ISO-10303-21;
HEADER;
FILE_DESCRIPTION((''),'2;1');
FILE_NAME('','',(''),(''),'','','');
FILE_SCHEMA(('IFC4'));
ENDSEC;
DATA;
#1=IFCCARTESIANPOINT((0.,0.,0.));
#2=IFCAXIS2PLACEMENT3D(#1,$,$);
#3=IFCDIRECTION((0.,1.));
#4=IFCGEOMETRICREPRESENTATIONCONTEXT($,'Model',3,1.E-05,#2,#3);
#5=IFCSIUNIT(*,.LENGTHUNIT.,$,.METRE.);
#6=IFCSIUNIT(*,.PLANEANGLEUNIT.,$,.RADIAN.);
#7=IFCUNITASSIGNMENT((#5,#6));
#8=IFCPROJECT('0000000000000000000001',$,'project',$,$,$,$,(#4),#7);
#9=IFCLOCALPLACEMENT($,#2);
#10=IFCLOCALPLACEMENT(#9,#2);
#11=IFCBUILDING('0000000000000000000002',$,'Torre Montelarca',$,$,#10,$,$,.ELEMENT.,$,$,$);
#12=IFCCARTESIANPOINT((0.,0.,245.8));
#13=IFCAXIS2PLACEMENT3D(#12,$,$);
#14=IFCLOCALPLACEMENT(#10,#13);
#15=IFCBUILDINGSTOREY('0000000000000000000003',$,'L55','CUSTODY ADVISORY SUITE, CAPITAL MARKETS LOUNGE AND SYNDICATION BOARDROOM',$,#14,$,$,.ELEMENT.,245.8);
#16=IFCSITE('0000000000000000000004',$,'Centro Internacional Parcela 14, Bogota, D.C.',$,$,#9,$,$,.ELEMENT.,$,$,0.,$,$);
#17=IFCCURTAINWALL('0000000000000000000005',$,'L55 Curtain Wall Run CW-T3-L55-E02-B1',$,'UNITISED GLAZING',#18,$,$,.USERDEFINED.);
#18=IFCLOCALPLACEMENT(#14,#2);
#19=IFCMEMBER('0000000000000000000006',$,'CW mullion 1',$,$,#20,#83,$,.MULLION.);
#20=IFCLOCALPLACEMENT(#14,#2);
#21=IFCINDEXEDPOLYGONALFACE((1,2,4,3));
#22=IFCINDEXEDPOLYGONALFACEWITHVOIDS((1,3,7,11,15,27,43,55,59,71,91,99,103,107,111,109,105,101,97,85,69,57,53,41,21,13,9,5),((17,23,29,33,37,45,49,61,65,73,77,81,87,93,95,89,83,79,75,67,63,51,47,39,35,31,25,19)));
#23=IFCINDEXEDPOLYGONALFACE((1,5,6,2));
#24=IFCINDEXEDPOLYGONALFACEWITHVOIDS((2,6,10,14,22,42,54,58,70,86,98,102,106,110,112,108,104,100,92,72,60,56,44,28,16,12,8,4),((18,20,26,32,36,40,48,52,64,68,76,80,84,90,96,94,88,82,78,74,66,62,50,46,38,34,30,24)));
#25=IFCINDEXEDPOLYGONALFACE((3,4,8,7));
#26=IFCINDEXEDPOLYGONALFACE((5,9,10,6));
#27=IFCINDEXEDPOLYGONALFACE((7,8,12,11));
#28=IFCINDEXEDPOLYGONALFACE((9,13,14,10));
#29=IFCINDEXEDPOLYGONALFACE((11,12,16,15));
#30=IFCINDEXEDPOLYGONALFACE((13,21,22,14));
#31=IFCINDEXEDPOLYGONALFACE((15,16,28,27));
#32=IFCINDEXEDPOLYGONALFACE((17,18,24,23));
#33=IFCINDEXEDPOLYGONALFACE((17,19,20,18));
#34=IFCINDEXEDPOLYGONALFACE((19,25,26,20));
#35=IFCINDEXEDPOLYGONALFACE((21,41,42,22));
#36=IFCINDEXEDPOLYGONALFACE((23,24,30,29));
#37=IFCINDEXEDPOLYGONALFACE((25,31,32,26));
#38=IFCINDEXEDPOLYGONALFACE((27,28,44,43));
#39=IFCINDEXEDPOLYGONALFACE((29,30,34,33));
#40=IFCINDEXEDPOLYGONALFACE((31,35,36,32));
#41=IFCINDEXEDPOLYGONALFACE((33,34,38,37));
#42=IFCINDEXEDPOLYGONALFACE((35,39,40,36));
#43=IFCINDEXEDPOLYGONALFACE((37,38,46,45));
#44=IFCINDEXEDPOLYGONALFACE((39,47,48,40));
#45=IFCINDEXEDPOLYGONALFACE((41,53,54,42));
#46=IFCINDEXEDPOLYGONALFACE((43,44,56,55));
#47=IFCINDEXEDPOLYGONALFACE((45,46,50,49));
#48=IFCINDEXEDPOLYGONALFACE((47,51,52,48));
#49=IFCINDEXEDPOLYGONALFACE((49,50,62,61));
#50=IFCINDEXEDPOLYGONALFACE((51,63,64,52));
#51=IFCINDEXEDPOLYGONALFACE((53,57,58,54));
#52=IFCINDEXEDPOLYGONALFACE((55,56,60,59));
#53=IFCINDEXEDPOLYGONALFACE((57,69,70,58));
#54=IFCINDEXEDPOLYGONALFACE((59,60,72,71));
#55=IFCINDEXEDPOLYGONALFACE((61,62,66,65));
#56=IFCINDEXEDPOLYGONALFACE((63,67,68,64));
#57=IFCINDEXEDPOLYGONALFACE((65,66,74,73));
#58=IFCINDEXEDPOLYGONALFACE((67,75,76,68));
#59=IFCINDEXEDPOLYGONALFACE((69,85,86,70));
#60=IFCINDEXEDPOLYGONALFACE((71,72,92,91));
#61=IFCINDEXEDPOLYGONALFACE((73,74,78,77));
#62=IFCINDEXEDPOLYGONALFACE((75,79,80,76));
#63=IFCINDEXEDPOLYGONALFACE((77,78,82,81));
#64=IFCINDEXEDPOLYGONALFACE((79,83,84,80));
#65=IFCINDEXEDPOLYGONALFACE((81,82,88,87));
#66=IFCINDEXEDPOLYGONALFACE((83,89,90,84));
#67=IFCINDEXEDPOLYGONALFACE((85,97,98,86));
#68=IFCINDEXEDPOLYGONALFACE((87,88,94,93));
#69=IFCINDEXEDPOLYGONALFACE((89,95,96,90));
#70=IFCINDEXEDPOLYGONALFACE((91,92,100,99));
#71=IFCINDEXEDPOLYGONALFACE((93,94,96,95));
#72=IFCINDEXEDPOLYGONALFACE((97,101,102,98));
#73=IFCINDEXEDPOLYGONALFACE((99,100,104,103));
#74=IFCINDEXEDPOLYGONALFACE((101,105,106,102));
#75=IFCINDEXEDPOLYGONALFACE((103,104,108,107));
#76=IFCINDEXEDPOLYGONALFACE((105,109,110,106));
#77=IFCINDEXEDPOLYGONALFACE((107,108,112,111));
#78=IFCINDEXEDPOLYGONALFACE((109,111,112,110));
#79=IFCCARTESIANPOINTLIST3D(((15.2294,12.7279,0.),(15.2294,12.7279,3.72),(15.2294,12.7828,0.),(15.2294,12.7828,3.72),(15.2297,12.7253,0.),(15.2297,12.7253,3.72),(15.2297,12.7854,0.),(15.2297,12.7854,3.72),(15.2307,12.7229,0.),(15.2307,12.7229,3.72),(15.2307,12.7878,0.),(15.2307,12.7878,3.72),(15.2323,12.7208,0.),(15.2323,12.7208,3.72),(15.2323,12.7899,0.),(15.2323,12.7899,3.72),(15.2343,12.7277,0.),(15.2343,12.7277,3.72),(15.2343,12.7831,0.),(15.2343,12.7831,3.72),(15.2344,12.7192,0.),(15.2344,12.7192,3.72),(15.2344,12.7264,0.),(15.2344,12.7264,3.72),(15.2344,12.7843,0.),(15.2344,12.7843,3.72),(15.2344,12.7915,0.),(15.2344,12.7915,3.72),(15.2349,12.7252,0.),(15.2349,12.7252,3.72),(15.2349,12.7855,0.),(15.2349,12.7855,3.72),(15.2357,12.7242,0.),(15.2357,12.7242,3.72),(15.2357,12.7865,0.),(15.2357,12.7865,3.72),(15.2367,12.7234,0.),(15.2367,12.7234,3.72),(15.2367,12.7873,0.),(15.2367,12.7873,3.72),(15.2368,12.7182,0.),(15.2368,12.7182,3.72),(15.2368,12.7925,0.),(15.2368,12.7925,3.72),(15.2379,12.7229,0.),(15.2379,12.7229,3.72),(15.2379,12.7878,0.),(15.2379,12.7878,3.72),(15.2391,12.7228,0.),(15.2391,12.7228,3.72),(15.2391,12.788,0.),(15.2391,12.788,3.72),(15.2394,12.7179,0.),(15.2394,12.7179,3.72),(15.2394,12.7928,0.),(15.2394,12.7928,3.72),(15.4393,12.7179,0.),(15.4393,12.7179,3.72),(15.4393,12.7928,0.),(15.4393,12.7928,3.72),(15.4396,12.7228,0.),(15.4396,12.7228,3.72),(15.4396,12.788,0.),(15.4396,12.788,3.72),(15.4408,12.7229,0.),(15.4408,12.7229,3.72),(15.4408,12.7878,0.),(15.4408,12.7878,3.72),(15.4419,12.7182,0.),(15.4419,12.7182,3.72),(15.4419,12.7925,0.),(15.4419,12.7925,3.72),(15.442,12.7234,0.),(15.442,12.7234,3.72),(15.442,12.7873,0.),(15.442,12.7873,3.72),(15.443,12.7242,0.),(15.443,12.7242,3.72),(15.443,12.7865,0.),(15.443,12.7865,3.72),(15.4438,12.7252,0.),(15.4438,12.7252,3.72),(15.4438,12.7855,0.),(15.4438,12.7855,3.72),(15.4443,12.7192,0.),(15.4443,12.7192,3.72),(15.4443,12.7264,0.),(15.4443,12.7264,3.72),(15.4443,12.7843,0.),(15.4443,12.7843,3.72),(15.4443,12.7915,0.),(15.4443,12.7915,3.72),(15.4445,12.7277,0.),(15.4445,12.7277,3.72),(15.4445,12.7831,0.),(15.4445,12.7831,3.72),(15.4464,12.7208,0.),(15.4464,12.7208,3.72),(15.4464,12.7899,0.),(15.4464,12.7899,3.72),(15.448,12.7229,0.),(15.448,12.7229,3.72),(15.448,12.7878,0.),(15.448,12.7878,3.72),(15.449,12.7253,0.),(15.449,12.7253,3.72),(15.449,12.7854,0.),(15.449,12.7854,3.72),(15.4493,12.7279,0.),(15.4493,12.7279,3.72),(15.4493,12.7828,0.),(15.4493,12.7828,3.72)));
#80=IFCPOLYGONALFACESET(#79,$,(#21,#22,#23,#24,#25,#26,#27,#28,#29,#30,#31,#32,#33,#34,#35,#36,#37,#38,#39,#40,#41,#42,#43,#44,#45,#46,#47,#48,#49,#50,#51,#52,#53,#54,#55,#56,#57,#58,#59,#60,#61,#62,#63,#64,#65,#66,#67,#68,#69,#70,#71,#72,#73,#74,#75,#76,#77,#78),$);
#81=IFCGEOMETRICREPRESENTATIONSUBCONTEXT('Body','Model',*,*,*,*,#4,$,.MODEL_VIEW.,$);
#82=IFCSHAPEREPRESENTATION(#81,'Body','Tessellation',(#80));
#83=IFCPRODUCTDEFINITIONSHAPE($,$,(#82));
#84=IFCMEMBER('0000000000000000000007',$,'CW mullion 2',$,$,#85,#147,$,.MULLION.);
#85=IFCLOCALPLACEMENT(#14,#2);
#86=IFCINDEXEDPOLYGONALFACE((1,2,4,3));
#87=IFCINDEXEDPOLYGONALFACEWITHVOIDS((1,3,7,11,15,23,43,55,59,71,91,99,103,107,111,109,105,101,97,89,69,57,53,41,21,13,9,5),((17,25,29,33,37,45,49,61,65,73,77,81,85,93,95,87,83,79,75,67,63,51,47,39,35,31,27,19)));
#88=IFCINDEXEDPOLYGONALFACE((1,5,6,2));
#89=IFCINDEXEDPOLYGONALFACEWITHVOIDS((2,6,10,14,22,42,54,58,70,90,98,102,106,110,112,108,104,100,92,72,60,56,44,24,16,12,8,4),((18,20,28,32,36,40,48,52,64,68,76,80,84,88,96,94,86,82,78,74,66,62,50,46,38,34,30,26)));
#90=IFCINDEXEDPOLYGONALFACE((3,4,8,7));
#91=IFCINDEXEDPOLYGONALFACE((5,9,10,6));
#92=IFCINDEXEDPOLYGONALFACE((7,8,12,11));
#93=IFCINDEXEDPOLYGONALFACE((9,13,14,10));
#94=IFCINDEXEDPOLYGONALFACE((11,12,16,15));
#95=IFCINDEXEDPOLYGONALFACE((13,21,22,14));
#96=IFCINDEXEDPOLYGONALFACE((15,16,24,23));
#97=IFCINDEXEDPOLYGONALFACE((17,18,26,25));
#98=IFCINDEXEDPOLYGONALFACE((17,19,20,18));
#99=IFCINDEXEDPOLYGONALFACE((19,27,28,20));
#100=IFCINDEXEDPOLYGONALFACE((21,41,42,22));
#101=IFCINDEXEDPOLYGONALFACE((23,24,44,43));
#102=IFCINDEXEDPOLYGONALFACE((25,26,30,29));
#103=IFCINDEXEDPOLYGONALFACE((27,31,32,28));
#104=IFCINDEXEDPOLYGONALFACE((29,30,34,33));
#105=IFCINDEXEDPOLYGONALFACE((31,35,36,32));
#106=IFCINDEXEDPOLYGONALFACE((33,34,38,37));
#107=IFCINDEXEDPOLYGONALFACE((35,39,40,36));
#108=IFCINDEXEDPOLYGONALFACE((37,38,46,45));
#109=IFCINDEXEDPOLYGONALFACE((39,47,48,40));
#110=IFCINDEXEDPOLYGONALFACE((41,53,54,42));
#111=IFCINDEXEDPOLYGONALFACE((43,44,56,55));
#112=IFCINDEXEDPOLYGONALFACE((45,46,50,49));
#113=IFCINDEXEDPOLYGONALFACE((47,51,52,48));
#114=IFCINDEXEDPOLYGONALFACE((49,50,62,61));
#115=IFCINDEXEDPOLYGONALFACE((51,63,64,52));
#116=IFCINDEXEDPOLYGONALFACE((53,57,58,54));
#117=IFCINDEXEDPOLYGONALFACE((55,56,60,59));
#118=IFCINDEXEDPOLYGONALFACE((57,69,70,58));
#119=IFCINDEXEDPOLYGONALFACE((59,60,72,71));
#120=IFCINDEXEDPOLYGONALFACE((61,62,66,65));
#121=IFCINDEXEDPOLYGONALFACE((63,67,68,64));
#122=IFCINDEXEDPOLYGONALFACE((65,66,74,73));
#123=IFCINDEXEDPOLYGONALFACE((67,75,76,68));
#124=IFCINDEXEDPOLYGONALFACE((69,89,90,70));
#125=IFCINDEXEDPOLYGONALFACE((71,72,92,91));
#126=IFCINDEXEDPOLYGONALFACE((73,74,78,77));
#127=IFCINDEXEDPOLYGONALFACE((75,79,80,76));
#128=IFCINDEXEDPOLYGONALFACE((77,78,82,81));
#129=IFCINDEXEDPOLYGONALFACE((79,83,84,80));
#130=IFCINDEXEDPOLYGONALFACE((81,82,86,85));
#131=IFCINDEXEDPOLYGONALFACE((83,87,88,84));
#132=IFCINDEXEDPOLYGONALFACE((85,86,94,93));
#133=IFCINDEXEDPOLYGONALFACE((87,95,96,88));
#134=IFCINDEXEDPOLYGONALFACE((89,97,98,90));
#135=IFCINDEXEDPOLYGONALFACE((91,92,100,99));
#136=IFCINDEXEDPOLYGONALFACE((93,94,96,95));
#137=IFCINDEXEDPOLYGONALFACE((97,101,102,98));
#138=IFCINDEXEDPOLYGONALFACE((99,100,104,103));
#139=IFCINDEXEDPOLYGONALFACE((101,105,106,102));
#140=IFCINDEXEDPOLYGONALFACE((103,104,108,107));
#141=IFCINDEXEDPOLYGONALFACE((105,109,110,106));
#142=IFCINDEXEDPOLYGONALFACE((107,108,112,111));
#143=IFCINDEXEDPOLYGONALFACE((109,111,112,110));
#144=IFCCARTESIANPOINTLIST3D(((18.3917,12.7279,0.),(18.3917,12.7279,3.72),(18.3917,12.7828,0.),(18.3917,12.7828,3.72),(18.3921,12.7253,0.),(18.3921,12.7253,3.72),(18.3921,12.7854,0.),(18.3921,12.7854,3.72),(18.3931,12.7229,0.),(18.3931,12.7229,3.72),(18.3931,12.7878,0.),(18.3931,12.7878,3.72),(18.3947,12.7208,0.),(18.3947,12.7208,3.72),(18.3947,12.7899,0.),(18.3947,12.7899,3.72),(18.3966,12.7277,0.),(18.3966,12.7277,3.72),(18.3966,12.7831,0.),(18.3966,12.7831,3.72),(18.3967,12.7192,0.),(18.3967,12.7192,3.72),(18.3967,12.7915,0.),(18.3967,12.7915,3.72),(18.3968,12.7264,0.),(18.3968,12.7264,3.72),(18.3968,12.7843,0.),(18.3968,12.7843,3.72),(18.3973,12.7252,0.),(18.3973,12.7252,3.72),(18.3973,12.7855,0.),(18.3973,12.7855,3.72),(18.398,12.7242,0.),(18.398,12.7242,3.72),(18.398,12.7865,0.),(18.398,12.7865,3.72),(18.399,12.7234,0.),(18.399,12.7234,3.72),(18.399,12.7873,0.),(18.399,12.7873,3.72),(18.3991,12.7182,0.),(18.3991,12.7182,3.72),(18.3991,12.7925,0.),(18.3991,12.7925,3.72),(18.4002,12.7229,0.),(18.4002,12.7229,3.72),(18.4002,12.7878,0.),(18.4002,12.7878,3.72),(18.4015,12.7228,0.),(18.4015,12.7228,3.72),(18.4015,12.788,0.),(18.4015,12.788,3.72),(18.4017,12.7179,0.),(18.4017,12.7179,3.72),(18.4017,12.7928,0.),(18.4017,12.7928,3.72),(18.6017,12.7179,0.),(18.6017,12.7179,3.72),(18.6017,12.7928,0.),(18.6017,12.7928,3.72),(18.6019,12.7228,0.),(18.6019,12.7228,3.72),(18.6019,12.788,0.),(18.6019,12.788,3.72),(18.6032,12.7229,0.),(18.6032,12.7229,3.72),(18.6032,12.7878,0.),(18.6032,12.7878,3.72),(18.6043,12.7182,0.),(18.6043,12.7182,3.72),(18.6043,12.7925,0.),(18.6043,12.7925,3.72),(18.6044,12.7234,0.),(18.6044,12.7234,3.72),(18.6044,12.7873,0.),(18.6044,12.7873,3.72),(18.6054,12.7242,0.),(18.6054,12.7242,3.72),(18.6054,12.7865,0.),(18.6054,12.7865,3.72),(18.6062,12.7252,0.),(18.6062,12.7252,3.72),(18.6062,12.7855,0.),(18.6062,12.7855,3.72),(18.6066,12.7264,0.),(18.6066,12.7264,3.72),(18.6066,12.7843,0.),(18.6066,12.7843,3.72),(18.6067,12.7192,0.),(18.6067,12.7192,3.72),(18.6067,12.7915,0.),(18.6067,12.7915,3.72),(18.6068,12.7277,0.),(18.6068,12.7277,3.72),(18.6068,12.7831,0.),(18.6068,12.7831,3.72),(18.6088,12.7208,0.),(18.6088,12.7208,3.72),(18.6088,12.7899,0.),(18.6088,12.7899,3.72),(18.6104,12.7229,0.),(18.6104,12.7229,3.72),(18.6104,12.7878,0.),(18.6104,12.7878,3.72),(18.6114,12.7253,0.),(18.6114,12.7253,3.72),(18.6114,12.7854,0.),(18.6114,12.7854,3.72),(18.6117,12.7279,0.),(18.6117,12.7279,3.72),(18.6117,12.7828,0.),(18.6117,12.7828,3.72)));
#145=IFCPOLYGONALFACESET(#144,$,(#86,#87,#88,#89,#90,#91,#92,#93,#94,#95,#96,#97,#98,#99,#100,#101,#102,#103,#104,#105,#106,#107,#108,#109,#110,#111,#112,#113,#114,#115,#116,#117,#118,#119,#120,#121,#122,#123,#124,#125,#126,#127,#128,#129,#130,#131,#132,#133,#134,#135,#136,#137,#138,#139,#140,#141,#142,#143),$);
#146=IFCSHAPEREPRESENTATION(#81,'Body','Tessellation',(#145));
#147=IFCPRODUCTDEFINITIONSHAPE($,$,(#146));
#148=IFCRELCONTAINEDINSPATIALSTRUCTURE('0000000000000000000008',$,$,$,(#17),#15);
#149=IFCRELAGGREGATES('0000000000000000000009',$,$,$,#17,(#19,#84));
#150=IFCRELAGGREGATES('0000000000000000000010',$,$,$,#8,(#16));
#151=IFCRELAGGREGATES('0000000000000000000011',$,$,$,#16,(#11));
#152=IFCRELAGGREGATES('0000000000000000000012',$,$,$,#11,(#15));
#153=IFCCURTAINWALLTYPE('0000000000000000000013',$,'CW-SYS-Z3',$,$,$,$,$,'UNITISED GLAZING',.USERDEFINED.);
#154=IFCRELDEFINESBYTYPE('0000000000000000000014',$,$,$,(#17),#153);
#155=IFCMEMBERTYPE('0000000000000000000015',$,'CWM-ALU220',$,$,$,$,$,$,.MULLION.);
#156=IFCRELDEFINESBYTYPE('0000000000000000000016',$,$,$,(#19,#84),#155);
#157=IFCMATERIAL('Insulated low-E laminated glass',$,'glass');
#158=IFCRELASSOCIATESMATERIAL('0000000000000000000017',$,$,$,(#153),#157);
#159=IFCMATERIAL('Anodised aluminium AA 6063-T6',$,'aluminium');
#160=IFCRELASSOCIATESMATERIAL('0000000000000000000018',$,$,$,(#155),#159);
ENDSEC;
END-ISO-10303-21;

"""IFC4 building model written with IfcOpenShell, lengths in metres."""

from ifc_helpers import new_model, si_unit, direction, frame, origin, origin_2d, place, context, subcontext, project, spatial, hollow_rectangle, extrude, source, transform, mapped, material, material_profile, profile_set, type_object, element, aggregate, save


model = new_model("IFC4")

# Units and contexts
model_context = context("Model", 3, precision=1e-05, world=origin(), true_north=direction((0.0, 1.0)))
body_context = subcontext(model_context, "Body", "Model", "MODEL_VIEW")
ifc_project = project(units=[si_unit("LENGTHUNIT", "METRE"), si_unit("PLANEANGLEUNIT", "RADIAN")], contexts=[model_context])

# Site, building, storey
site_placement = place(None, origin())
site = spatial("IfcSite", under=ifc_project, at=site_placement, Name="Centro Internacional Parcela 14, Bogota, D.C.", CompositionType="ELEMENT", RefElevation=0.0)
building_placement = place(site_placement, origin())
building = spatial("IfcBuilding", under=site, at=building_placement, Name="Torre Montelarca", CompositionType="ELEMENT")
storey_placement = place(building_placement, frame((0.0, 0.0, 245.8)))
storey = spatial("IfcBuildingStorey", under=building, at=storey_placement, Name="L55", Description="CUSTODY ADVISORY SUITE, CAPITAL MARKETS LOUNGE AND SYNDICATION BOARDROOM", CompositionType="ELEMENT", Elevation=245.8)

# Curtain wall
ifc_material_1 = material(Name="Insulated low-E laminated glass", Category="glass")
curtain_wall_type = type_object("IfcCurtainWallType", Name="CW-SYS-Z3", ElementType="UNITISED GLAZING", PredefinedType="USERDEFINED", material=ifc_material_1)
curtain_wall_1_placement = place(storey_placement, origin())
curtain_wall_1 = element("IfcCurtainWall", 1, at=curtain_wall_1_placement, inside=storey, type_object=curtain_wall_type, Name="L55 Curtain Wall Run CW-T3-L55-E02-B1", ObjectType="UNITISED GLAZING", PredefinedType="USERDEFINED")
ifc_material_2 = material(Name="Anodised aluminium AA 6063-T6", Category="aluminium")
ifc_material_profile_1 = material_profile(ifc_material_2, hollow_rectangle(XDim=0.075, YDim=0.22, WallThickness=0.0049, InnerFilletRadius=0.0049, OuterFilletRadius=0.01, at=origin_2d()), Name="ALU75X220X5", Category="aluminium")
ifc_profile_set_1 = profile_set([ifc_material_profile_1], Name="Anodised aluminium AA 6063-T6")
member_type_1 = type_object("IfcMemberType", Name="CWM-ALU220", PredefinedType="MULLION", material=ifc_profile_set_1)
shared_shape_1 = source(origin(), body_context, "Body", "SweptSolid", [
    extrude(hollow_rectangle(XDim=0.075, YDim=0.22, WallThickness=0.0049, InnerFilletRadius=0.0049, OuterFilletRadius=0.01, at=origin_2d()), origin(), (0.0, 0.0, 1.0), 3.72),
])

# Members
member_1_placement = place(storey_placement, frame((15.3394, 12.7554, 0.0), z_axis=(0.0, 0.0, 1.0), x_axis=(0.0, 1.0, 0.0)))
member_1 = element("IfcMember", 2, at=member_1_placement, type_object=member_type_1, Name="CW mullion 1", PredefinedType="MULLION", context=body_context, shape_type="MappedRepresentation", body=[
    mapped(shared_shape_1, transform((0.0, 0.0, 0.0), scale=1.0)),
])
member_2_placement = place(storey_placement, frame((18.5017, 12.7554, 0.0), z_axis=(0.0, 0.0, 1.0), x_axis=(0.0, 1.0, 0.0)))
member_2 = element("IfcMember", 3, at=member_2_placement, type_object=member_type_1, Name="CW mullion 2", PredefinedType="MULLION", context=body_context, shape_type="MappedRepresentation", body=[
    mapped(shared_shape_1, transform((0.0, 0.0, 0.0), scale=1.0)),
])

aggregate(curtain_wall_1, [member_1, member_2])

save(model, "model.ifc")
